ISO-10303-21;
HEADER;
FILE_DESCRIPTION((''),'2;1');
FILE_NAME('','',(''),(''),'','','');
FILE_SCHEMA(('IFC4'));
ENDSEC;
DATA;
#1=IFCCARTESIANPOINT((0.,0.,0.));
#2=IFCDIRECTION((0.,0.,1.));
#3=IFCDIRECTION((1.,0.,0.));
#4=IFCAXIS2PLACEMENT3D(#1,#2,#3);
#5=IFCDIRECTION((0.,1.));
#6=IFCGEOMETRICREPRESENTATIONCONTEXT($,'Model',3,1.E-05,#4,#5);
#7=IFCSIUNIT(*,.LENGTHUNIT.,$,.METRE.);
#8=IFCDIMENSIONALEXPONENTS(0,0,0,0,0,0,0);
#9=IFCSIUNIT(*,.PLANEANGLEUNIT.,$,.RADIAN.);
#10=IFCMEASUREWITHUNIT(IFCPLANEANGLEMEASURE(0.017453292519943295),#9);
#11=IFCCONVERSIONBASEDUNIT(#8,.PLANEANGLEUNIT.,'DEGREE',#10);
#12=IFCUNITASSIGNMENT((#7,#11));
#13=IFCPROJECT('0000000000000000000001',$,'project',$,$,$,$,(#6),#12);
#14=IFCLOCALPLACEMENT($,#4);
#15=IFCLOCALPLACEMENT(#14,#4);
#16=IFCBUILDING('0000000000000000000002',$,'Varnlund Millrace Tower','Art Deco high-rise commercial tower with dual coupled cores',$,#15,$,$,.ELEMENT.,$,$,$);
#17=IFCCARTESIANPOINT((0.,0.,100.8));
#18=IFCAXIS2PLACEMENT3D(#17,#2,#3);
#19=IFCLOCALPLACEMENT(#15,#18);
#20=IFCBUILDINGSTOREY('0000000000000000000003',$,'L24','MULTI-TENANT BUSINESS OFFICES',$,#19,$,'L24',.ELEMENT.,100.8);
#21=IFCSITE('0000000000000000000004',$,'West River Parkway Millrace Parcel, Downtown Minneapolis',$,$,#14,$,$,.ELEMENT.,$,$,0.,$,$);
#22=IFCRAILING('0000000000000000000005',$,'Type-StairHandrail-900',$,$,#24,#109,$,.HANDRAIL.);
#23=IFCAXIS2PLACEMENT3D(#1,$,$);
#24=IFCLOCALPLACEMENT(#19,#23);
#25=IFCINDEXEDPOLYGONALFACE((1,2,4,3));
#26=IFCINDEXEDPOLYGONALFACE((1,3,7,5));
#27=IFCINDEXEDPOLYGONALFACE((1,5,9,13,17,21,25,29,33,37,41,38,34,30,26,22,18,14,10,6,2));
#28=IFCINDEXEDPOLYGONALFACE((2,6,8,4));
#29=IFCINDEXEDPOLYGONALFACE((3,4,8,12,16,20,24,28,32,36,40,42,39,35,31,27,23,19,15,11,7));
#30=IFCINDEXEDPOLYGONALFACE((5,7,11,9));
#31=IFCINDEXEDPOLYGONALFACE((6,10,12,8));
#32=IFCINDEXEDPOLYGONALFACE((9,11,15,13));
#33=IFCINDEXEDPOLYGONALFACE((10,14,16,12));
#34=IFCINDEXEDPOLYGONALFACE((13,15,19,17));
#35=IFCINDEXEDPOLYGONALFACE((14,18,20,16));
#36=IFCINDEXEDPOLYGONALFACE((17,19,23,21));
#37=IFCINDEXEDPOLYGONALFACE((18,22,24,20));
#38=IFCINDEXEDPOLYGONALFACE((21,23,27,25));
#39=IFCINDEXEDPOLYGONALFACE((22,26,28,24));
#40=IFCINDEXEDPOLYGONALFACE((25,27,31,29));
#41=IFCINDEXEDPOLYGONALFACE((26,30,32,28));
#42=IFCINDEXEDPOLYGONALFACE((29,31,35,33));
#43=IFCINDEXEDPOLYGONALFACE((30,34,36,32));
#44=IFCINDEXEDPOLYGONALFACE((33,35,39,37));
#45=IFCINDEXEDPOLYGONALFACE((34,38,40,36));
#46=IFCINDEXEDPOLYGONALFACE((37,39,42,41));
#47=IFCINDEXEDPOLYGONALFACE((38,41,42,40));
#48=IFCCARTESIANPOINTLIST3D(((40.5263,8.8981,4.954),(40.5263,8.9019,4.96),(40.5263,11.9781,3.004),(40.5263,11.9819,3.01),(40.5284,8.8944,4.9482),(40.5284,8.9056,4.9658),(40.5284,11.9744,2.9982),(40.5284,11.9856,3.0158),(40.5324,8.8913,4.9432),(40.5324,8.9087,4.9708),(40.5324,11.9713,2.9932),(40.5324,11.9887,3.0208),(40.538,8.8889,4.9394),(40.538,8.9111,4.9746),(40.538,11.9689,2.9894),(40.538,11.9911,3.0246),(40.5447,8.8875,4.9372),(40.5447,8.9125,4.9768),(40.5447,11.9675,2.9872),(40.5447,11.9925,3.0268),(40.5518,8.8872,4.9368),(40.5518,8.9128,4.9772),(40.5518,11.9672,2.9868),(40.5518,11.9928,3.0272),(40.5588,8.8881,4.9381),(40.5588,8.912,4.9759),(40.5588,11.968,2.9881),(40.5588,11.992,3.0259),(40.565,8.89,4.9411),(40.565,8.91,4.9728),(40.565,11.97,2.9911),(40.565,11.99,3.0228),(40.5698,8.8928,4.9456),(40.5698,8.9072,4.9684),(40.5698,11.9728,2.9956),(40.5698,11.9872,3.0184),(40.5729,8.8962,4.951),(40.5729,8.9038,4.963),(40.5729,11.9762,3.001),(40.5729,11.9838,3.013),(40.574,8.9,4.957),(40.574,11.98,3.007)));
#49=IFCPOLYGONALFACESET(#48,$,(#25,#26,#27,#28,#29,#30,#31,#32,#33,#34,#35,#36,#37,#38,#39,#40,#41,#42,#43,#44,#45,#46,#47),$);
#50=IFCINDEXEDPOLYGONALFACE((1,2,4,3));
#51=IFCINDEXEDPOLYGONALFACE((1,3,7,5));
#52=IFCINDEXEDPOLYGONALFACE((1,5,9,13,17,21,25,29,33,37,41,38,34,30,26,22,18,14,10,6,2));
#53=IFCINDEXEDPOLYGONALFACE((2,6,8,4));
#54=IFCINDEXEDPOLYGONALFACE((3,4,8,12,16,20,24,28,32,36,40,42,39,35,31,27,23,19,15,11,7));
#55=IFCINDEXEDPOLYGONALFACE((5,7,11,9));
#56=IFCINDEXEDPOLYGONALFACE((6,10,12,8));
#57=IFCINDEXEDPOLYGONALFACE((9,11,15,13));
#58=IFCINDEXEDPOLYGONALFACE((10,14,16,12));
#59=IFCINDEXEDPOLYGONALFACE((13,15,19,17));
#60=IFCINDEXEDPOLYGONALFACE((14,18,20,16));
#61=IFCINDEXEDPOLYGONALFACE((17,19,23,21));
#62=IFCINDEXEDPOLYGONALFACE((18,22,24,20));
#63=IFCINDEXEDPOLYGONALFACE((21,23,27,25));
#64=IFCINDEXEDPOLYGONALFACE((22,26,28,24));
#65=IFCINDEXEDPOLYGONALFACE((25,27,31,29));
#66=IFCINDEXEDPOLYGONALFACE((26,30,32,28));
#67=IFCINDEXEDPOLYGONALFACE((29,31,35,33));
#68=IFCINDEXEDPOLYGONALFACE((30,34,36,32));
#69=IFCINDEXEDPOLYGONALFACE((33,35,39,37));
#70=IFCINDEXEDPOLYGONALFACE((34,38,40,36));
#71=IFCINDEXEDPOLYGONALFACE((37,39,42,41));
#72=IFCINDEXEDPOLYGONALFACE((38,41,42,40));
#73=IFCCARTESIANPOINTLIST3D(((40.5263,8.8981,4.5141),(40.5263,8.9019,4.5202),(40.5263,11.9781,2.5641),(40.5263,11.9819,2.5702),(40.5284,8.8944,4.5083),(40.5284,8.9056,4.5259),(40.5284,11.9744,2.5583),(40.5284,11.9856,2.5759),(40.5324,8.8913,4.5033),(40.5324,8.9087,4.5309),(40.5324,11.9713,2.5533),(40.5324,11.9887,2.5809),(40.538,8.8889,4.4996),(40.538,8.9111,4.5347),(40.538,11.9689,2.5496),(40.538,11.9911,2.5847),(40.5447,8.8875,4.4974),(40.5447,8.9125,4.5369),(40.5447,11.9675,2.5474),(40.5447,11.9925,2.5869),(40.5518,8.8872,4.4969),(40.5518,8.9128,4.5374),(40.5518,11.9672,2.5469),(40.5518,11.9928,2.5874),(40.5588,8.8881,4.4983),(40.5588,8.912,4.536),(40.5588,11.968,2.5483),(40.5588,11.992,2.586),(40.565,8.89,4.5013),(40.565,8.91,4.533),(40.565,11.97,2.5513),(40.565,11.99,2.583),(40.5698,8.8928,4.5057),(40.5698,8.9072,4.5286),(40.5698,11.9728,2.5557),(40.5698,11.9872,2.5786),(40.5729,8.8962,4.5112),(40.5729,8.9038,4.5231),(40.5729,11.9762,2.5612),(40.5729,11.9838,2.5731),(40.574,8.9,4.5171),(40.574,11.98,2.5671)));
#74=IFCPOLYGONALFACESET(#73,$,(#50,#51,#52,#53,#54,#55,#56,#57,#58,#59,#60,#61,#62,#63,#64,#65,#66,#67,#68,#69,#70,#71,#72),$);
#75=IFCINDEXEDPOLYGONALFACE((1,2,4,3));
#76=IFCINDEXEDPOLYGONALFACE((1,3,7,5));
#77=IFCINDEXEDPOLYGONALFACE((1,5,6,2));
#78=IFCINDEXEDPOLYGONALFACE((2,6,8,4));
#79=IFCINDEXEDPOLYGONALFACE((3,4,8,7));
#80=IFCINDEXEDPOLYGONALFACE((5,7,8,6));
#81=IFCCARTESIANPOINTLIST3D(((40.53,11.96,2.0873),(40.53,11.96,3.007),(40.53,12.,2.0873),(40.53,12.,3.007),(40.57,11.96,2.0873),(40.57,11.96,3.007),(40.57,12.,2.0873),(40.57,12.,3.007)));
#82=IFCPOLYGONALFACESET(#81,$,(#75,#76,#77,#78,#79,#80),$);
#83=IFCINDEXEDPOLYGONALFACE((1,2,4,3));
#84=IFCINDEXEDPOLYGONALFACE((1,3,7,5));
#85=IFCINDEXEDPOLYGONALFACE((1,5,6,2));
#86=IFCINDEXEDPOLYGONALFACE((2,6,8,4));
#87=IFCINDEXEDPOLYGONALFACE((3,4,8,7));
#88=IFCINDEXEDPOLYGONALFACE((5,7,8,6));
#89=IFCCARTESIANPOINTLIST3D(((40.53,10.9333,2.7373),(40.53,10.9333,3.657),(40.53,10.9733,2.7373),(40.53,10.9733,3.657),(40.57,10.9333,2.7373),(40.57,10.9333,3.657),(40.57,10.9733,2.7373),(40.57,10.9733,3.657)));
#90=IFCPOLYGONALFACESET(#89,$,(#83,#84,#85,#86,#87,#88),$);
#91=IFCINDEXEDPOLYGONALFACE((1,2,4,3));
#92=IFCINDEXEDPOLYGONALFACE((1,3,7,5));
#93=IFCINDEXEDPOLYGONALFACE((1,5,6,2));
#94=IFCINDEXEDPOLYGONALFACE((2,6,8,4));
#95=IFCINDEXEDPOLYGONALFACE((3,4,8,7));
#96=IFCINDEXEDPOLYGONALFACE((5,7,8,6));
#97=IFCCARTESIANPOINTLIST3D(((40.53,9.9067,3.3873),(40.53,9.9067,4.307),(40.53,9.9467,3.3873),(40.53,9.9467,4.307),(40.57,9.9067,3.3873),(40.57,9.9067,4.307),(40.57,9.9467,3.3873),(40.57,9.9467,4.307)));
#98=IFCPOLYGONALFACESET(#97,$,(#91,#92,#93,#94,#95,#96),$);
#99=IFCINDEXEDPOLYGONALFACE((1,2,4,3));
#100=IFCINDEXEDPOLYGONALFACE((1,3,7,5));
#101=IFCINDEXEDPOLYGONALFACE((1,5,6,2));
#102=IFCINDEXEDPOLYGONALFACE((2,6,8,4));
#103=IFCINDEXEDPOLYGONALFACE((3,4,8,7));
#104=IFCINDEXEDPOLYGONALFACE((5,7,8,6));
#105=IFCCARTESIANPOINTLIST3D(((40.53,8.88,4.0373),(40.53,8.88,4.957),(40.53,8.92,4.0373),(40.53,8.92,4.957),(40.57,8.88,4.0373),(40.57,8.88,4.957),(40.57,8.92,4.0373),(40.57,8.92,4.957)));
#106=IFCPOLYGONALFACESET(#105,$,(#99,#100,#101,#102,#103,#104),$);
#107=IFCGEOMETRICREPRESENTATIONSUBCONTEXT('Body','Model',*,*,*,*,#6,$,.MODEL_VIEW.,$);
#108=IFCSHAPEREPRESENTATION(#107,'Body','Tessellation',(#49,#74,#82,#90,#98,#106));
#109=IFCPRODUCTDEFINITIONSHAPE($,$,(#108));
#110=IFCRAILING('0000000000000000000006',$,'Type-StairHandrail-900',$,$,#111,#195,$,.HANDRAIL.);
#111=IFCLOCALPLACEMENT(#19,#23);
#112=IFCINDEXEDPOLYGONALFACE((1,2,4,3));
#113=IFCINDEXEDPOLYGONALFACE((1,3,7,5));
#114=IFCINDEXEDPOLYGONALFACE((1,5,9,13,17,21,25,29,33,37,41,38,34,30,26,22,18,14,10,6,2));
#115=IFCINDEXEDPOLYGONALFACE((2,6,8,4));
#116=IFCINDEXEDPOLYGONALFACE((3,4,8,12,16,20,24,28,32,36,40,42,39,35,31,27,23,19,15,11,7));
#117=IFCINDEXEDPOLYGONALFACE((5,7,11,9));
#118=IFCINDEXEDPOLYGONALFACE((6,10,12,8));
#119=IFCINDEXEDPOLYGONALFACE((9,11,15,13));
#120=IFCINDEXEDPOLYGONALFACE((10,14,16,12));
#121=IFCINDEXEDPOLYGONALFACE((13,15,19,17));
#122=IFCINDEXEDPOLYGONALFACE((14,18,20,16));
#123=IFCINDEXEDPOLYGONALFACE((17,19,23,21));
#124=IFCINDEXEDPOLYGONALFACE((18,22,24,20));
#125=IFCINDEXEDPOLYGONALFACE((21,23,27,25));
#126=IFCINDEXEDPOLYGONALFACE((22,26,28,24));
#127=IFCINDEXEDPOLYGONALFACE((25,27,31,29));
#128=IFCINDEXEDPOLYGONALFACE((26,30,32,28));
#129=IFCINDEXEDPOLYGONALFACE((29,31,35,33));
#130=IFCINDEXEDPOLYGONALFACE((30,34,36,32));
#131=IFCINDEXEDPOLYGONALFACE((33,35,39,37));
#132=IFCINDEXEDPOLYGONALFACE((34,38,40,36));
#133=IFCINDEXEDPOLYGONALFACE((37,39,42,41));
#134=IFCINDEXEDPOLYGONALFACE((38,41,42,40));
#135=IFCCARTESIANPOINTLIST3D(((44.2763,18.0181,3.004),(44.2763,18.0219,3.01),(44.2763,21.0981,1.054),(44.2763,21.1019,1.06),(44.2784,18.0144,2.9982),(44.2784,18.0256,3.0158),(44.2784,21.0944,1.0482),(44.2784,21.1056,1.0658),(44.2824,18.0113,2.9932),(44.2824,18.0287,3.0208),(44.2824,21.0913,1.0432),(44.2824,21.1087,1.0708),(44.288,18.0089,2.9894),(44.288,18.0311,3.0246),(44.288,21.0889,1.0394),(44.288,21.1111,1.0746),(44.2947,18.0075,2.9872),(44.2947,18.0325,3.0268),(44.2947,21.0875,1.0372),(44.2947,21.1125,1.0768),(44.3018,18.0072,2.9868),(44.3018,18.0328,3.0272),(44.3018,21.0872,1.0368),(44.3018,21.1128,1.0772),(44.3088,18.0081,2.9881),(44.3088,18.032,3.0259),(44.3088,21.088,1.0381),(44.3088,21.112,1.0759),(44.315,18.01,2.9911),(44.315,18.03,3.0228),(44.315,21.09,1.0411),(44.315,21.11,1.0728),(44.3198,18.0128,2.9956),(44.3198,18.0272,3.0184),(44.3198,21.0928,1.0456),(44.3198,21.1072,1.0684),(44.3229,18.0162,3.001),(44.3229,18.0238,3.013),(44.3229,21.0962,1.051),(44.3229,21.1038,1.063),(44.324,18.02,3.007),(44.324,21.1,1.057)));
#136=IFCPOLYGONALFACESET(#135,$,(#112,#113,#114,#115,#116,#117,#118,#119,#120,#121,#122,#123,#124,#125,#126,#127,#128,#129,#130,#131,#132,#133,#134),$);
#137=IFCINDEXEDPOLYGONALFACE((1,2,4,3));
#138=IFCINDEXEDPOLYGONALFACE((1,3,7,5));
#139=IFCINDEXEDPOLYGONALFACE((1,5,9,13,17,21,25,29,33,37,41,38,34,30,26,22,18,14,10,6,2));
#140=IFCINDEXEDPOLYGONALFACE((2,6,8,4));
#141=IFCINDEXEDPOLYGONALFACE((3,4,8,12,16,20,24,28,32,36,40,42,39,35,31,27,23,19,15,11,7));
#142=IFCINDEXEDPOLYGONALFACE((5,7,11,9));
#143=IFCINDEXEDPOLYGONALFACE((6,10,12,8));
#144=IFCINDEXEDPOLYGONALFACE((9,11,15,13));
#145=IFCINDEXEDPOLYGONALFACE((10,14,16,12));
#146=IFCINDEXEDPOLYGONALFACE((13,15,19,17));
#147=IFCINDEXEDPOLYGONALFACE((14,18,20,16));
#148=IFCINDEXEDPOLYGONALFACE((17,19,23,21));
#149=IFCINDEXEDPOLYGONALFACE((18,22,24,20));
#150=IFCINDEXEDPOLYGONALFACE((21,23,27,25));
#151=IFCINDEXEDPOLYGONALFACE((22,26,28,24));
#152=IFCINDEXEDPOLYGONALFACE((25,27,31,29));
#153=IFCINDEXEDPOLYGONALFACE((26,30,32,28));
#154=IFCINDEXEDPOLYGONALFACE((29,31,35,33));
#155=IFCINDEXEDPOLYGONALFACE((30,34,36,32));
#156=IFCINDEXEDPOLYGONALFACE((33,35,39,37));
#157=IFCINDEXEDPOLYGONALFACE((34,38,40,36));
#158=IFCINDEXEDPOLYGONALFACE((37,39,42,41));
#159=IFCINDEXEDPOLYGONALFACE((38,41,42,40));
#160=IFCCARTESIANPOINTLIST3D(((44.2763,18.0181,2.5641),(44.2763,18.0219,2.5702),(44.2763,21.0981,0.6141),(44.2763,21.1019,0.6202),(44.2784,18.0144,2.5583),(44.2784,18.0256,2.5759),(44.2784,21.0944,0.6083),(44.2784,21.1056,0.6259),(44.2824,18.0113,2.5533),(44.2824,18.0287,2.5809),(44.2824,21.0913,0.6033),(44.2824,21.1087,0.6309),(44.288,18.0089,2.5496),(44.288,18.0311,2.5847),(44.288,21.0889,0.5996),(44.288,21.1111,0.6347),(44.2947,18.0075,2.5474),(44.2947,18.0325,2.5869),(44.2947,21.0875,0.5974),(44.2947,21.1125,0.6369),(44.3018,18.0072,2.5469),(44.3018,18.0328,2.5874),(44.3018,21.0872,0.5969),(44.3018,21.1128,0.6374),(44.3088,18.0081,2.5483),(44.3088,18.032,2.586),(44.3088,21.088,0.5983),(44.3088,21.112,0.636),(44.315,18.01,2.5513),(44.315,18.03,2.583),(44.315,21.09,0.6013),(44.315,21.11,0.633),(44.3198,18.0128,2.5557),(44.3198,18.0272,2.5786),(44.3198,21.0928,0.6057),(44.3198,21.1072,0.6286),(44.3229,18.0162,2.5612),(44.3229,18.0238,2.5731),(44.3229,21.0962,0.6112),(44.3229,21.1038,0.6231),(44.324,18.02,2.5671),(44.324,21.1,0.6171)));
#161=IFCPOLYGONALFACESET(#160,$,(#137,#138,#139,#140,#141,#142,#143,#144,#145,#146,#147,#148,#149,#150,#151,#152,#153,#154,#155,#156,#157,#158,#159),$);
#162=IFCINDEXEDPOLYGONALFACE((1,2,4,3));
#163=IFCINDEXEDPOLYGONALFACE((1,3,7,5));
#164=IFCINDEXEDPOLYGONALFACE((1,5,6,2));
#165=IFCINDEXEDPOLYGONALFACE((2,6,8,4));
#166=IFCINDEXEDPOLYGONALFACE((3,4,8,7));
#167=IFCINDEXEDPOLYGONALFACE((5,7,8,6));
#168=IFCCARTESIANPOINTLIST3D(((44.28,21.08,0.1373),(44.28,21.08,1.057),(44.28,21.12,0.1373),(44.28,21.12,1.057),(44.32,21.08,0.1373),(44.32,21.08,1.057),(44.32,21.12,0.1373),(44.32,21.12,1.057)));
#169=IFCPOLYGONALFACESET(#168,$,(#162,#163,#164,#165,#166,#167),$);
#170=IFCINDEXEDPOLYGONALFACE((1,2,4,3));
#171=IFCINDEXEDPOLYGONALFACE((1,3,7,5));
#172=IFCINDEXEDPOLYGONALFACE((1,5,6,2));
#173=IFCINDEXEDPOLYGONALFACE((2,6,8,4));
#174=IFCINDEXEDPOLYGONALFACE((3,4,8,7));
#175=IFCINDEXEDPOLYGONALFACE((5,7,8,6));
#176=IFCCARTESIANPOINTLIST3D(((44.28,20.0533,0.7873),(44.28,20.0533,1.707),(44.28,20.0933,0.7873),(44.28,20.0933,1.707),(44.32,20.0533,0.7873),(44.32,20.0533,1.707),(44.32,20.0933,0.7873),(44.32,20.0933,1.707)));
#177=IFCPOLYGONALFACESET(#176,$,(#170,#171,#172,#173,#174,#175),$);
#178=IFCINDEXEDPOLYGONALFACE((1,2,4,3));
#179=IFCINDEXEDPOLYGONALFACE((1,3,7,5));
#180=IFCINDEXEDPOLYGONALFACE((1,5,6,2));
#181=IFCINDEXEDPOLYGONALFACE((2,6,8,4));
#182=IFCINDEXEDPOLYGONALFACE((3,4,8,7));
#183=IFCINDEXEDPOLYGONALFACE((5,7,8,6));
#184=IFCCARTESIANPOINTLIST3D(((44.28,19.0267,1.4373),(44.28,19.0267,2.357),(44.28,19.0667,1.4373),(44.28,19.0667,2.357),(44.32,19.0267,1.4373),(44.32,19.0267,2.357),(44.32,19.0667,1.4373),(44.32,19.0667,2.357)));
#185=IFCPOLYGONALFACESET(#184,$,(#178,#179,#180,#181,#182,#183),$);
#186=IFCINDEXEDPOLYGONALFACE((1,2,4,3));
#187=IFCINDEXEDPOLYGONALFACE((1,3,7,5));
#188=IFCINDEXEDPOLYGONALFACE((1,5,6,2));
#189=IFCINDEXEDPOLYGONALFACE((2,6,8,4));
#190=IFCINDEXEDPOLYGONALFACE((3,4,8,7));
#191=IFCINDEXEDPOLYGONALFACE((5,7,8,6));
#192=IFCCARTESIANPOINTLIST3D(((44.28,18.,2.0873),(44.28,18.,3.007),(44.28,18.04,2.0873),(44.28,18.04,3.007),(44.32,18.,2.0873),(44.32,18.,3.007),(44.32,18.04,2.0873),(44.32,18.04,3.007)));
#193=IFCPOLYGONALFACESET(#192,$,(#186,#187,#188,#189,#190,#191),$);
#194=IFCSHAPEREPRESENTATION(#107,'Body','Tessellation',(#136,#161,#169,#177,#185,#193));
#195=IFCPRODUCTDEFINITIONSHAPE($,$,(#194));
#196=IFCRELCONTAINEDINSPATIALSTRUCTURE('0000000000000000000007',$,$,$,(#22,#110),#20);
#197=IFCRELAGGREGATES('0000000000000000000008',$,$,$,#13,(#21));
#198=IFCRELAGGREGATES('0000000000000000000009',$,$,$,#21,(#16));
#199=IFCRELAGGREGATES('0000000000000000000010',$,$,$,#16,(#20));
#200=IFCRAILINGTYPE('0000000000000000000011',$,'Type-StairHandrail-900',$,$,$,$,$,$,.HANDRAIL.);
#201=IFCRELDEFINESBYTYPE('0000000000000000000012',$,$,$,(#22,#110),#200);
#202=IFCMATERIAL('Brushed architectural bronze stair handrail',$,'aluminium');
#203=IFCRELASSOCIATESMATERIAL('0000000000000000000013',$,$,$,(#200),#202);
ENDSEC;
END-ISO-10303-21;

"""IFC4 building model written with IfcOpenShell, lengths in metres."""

from ifc_helpers import new_model, entity, si_unit, converted_unit, direction, frame, origin_with_axes, origin_2d_with_axis, place, context, subcontext, project, spatial, rectangle, circle, extrude, material, type_object, element, save


model = new_model("IFC4")

# Units and contexts
model_context = context("Model", 3, precision=1e-05, world=origin_with_axes(), true_north=direction((0.0, 1.0)))
body_context = subcontext(model_context, "Body", "Model", "MODEL_VIEW")
ifc_project = project(units=[si_unit("LENGTHUNIT", "METRE"), converted_unit("PLANEANGLEUNIT", "DEGREE", entity("IfcPlaneAngleMeasure", 0.017453292519943295), si_unit("PLANEANGLEUNIT", "RADIAN"), dimensions=[0, 0, 0, 0, 0, 0, 0])], contexts=[model_context])

# Site, building, storey
site_placement = place(None, origin_with_axes())
site = spatial("IfcSite", under=ifc_project, at=site_placement, Name="West River Parkway Millrace Parcel, Downtown Minneapolis", CompositionType="ELEMENT", RefElevation=0.0)
building_placement = place(site_placement, origin_with_axes())
building = spatial("IfcBuilding", under=site, at=building_placement, Name="Varnlund Millrace Tower", Description="Art Deco high-rise commercial tower with dual coupled cores", CompositionType="ELEMENT")
storey_placement = place(building_placement, frame((0.0, 0.0, 100.8), z_axis=(0.0, 0.0, 1.0), x_axis=(1.0, 0.0, 0.0)))
storey = spatial("IfcBuildingStorey", under=building, at=storey_placement, Name="L24", Description="MULTI-TENANT BUSINESS OFFICES", LongName="L24", CompositionType="ELEMENT", Elevation=100.8)

# Railings
ifc_material_1 = material(Name="Brushed architectural bronze stair handrail", Category="aluminium")
railing_type_1 = type_object("IfcRailingType", Name="Type-StairHandrail-900", PredefinedType="HANDRAIL", material=ifc_material_1)
railing_1_placement = place(storey_placement, frame((0.0, 0.0, -100.8), z_axis=(0.0, 0.0, 1.0), x_axis=(1.0, 0.0, 0.0)))
element("IfcRailing", 1, at=railing_1_placement, inside=storey, type_object=railing_type_1, Name="Type-StairHandrail-900", PredefinedType="HANDRAIL", context=body_context, shape_type="SweptSolid", body=[
    extrude(circle(Radius=0.024, at=origin_2d_with_axis()), frame((40.55, 11.98, 103.807), z_axis=(0.0, -0.844902, 0.534922), x_axis=(1.0, 0.0, 0.0)), (0.0, 0.0, 1.0), 3.6454),
    extrude(circle(Radius=0.024, at=origin_2d_with_axis()), frame((40.55, 11.98, 103.3671), z_axis=(0.0, -0.844902, 0.534922), x_axis=(1.0, 0.0, 0.0)), (0.0, 0.0, 1.0), 3.6454),
    extrude(rectangle(XDim=0.04, YDim=0.04, at=origin_2d_with_axis()), frame((40.55, 11.98, 102.8873), z_axis=(0.0, 0.0, 1.0), x_axis=(1.0, 0.0, 0.0)), (0.0, 0.0, 1.0), 0.9197),
    extrude(rectangle(XDim=0.04, YDim=0.04, at=origin_2d_with_axis()), frame((40.55, 10.9533, 103.5373), z_axis=(0.0, 0.0, 1.0), x_axis=(1.0, 0.0, 0.0)), (0.0, 0.0, 1.0), 0.9197),
    extrude(rectangle(XDim=0.04, YDim=0.04, at=origin_2d_with_axis()), frame((40.55, 9.9267, 104.1873), z_axis=(0.0, 0.0, 1.0), x_axis=(1.0, 0.0, 0.0)), (0.0, 0.0, 1.0), 0.9197),
    extrude(rectangle(XDim=0.04, YDim=0.04, at=origin_2d_with_axis()), frame((40.55, 8.9, 104.8373), z_axis=(0.0, 0.0, 1.0), x_axis=(1.0, 0.0, 0.0)), (0.0, 0.0, 1.0), 0.9197),
])
railing_2_placement = place(storey_placement, frame((0.0, 0.0, -100.8), z_axis=(0.0, 0.0, 1.0), x_axis=(1.0, 0.0, 0.0)))
element("IfcRailing", 2, at=railing_2_placement, inside=storey, type_object=railing_type_1, Name="Type-StairHandrail-900", PredefinedType="HANDRAIL", context=body_context, shape_type="SweptSolid", body=[
    extrude(circle(Radius=0.024, at=origin_2d_with_axis()), frame((44.3, 21.1, 101.857), z_axis=(0.0, -0.844902, 0.534922), x_axis=(1.0, 0.0, 0.0)), (0.0, 0.0, 1.0), 3.6454),
    extrude(circle(Radius=0.024, at=origin_2d_with_axis()), frame((44.3, 21.1, 101.4171), z_axis=(0.0, -0.844902, 0.534922), x_axis=(1.0, 0.0, 0.0)), (0.0, 0.0, 1.0), 3.6454),
    extrude(rectangle(XDim=0.04, YDim=0.04, at=origin_2d_with_axis()), frame((44.3, 21.1, 100.9373), z_axis=(0.0, 0.0, 1.0), x_axis=(1.0, 0.0, 0.0)), (0.0, 0.0, 1.0), 0.9197),
    extrude(rectangle(XDim=0.04, YDim=0.04, at=origin_2d_with_axis()), frame((44.3, 20.0733, 101.5873), z_axis=(0.0, 0.0, 1.0), x_axis=(1.0, 0.0, 0.0)), (0.0, 0.0, 1.0), 0.9197),
    extrude(rectangle(XDim=0.04, YDim=0.04, at=origin_2d_with_axis()), frame((44.3, 19.0467, 102.2373), z_axis=(0.0, 0.0, 1.0), x_axis=(1.0, 0.0, 0.0)), (0.0, 0.0, 1.0), 0.9197),
    extrude(rectangle(XDim=0.04, YDim=0.04, at=origin_2d_with_axis()), frame((44.3, 18.02, 102.8873), z_axis=(0.0, 0.0, 1.0), x_axis=(1.0, 0.0, 0.0)), (0.0, 0.0, 1.0), 0.9197),
])

save(model, "model.ifc")
